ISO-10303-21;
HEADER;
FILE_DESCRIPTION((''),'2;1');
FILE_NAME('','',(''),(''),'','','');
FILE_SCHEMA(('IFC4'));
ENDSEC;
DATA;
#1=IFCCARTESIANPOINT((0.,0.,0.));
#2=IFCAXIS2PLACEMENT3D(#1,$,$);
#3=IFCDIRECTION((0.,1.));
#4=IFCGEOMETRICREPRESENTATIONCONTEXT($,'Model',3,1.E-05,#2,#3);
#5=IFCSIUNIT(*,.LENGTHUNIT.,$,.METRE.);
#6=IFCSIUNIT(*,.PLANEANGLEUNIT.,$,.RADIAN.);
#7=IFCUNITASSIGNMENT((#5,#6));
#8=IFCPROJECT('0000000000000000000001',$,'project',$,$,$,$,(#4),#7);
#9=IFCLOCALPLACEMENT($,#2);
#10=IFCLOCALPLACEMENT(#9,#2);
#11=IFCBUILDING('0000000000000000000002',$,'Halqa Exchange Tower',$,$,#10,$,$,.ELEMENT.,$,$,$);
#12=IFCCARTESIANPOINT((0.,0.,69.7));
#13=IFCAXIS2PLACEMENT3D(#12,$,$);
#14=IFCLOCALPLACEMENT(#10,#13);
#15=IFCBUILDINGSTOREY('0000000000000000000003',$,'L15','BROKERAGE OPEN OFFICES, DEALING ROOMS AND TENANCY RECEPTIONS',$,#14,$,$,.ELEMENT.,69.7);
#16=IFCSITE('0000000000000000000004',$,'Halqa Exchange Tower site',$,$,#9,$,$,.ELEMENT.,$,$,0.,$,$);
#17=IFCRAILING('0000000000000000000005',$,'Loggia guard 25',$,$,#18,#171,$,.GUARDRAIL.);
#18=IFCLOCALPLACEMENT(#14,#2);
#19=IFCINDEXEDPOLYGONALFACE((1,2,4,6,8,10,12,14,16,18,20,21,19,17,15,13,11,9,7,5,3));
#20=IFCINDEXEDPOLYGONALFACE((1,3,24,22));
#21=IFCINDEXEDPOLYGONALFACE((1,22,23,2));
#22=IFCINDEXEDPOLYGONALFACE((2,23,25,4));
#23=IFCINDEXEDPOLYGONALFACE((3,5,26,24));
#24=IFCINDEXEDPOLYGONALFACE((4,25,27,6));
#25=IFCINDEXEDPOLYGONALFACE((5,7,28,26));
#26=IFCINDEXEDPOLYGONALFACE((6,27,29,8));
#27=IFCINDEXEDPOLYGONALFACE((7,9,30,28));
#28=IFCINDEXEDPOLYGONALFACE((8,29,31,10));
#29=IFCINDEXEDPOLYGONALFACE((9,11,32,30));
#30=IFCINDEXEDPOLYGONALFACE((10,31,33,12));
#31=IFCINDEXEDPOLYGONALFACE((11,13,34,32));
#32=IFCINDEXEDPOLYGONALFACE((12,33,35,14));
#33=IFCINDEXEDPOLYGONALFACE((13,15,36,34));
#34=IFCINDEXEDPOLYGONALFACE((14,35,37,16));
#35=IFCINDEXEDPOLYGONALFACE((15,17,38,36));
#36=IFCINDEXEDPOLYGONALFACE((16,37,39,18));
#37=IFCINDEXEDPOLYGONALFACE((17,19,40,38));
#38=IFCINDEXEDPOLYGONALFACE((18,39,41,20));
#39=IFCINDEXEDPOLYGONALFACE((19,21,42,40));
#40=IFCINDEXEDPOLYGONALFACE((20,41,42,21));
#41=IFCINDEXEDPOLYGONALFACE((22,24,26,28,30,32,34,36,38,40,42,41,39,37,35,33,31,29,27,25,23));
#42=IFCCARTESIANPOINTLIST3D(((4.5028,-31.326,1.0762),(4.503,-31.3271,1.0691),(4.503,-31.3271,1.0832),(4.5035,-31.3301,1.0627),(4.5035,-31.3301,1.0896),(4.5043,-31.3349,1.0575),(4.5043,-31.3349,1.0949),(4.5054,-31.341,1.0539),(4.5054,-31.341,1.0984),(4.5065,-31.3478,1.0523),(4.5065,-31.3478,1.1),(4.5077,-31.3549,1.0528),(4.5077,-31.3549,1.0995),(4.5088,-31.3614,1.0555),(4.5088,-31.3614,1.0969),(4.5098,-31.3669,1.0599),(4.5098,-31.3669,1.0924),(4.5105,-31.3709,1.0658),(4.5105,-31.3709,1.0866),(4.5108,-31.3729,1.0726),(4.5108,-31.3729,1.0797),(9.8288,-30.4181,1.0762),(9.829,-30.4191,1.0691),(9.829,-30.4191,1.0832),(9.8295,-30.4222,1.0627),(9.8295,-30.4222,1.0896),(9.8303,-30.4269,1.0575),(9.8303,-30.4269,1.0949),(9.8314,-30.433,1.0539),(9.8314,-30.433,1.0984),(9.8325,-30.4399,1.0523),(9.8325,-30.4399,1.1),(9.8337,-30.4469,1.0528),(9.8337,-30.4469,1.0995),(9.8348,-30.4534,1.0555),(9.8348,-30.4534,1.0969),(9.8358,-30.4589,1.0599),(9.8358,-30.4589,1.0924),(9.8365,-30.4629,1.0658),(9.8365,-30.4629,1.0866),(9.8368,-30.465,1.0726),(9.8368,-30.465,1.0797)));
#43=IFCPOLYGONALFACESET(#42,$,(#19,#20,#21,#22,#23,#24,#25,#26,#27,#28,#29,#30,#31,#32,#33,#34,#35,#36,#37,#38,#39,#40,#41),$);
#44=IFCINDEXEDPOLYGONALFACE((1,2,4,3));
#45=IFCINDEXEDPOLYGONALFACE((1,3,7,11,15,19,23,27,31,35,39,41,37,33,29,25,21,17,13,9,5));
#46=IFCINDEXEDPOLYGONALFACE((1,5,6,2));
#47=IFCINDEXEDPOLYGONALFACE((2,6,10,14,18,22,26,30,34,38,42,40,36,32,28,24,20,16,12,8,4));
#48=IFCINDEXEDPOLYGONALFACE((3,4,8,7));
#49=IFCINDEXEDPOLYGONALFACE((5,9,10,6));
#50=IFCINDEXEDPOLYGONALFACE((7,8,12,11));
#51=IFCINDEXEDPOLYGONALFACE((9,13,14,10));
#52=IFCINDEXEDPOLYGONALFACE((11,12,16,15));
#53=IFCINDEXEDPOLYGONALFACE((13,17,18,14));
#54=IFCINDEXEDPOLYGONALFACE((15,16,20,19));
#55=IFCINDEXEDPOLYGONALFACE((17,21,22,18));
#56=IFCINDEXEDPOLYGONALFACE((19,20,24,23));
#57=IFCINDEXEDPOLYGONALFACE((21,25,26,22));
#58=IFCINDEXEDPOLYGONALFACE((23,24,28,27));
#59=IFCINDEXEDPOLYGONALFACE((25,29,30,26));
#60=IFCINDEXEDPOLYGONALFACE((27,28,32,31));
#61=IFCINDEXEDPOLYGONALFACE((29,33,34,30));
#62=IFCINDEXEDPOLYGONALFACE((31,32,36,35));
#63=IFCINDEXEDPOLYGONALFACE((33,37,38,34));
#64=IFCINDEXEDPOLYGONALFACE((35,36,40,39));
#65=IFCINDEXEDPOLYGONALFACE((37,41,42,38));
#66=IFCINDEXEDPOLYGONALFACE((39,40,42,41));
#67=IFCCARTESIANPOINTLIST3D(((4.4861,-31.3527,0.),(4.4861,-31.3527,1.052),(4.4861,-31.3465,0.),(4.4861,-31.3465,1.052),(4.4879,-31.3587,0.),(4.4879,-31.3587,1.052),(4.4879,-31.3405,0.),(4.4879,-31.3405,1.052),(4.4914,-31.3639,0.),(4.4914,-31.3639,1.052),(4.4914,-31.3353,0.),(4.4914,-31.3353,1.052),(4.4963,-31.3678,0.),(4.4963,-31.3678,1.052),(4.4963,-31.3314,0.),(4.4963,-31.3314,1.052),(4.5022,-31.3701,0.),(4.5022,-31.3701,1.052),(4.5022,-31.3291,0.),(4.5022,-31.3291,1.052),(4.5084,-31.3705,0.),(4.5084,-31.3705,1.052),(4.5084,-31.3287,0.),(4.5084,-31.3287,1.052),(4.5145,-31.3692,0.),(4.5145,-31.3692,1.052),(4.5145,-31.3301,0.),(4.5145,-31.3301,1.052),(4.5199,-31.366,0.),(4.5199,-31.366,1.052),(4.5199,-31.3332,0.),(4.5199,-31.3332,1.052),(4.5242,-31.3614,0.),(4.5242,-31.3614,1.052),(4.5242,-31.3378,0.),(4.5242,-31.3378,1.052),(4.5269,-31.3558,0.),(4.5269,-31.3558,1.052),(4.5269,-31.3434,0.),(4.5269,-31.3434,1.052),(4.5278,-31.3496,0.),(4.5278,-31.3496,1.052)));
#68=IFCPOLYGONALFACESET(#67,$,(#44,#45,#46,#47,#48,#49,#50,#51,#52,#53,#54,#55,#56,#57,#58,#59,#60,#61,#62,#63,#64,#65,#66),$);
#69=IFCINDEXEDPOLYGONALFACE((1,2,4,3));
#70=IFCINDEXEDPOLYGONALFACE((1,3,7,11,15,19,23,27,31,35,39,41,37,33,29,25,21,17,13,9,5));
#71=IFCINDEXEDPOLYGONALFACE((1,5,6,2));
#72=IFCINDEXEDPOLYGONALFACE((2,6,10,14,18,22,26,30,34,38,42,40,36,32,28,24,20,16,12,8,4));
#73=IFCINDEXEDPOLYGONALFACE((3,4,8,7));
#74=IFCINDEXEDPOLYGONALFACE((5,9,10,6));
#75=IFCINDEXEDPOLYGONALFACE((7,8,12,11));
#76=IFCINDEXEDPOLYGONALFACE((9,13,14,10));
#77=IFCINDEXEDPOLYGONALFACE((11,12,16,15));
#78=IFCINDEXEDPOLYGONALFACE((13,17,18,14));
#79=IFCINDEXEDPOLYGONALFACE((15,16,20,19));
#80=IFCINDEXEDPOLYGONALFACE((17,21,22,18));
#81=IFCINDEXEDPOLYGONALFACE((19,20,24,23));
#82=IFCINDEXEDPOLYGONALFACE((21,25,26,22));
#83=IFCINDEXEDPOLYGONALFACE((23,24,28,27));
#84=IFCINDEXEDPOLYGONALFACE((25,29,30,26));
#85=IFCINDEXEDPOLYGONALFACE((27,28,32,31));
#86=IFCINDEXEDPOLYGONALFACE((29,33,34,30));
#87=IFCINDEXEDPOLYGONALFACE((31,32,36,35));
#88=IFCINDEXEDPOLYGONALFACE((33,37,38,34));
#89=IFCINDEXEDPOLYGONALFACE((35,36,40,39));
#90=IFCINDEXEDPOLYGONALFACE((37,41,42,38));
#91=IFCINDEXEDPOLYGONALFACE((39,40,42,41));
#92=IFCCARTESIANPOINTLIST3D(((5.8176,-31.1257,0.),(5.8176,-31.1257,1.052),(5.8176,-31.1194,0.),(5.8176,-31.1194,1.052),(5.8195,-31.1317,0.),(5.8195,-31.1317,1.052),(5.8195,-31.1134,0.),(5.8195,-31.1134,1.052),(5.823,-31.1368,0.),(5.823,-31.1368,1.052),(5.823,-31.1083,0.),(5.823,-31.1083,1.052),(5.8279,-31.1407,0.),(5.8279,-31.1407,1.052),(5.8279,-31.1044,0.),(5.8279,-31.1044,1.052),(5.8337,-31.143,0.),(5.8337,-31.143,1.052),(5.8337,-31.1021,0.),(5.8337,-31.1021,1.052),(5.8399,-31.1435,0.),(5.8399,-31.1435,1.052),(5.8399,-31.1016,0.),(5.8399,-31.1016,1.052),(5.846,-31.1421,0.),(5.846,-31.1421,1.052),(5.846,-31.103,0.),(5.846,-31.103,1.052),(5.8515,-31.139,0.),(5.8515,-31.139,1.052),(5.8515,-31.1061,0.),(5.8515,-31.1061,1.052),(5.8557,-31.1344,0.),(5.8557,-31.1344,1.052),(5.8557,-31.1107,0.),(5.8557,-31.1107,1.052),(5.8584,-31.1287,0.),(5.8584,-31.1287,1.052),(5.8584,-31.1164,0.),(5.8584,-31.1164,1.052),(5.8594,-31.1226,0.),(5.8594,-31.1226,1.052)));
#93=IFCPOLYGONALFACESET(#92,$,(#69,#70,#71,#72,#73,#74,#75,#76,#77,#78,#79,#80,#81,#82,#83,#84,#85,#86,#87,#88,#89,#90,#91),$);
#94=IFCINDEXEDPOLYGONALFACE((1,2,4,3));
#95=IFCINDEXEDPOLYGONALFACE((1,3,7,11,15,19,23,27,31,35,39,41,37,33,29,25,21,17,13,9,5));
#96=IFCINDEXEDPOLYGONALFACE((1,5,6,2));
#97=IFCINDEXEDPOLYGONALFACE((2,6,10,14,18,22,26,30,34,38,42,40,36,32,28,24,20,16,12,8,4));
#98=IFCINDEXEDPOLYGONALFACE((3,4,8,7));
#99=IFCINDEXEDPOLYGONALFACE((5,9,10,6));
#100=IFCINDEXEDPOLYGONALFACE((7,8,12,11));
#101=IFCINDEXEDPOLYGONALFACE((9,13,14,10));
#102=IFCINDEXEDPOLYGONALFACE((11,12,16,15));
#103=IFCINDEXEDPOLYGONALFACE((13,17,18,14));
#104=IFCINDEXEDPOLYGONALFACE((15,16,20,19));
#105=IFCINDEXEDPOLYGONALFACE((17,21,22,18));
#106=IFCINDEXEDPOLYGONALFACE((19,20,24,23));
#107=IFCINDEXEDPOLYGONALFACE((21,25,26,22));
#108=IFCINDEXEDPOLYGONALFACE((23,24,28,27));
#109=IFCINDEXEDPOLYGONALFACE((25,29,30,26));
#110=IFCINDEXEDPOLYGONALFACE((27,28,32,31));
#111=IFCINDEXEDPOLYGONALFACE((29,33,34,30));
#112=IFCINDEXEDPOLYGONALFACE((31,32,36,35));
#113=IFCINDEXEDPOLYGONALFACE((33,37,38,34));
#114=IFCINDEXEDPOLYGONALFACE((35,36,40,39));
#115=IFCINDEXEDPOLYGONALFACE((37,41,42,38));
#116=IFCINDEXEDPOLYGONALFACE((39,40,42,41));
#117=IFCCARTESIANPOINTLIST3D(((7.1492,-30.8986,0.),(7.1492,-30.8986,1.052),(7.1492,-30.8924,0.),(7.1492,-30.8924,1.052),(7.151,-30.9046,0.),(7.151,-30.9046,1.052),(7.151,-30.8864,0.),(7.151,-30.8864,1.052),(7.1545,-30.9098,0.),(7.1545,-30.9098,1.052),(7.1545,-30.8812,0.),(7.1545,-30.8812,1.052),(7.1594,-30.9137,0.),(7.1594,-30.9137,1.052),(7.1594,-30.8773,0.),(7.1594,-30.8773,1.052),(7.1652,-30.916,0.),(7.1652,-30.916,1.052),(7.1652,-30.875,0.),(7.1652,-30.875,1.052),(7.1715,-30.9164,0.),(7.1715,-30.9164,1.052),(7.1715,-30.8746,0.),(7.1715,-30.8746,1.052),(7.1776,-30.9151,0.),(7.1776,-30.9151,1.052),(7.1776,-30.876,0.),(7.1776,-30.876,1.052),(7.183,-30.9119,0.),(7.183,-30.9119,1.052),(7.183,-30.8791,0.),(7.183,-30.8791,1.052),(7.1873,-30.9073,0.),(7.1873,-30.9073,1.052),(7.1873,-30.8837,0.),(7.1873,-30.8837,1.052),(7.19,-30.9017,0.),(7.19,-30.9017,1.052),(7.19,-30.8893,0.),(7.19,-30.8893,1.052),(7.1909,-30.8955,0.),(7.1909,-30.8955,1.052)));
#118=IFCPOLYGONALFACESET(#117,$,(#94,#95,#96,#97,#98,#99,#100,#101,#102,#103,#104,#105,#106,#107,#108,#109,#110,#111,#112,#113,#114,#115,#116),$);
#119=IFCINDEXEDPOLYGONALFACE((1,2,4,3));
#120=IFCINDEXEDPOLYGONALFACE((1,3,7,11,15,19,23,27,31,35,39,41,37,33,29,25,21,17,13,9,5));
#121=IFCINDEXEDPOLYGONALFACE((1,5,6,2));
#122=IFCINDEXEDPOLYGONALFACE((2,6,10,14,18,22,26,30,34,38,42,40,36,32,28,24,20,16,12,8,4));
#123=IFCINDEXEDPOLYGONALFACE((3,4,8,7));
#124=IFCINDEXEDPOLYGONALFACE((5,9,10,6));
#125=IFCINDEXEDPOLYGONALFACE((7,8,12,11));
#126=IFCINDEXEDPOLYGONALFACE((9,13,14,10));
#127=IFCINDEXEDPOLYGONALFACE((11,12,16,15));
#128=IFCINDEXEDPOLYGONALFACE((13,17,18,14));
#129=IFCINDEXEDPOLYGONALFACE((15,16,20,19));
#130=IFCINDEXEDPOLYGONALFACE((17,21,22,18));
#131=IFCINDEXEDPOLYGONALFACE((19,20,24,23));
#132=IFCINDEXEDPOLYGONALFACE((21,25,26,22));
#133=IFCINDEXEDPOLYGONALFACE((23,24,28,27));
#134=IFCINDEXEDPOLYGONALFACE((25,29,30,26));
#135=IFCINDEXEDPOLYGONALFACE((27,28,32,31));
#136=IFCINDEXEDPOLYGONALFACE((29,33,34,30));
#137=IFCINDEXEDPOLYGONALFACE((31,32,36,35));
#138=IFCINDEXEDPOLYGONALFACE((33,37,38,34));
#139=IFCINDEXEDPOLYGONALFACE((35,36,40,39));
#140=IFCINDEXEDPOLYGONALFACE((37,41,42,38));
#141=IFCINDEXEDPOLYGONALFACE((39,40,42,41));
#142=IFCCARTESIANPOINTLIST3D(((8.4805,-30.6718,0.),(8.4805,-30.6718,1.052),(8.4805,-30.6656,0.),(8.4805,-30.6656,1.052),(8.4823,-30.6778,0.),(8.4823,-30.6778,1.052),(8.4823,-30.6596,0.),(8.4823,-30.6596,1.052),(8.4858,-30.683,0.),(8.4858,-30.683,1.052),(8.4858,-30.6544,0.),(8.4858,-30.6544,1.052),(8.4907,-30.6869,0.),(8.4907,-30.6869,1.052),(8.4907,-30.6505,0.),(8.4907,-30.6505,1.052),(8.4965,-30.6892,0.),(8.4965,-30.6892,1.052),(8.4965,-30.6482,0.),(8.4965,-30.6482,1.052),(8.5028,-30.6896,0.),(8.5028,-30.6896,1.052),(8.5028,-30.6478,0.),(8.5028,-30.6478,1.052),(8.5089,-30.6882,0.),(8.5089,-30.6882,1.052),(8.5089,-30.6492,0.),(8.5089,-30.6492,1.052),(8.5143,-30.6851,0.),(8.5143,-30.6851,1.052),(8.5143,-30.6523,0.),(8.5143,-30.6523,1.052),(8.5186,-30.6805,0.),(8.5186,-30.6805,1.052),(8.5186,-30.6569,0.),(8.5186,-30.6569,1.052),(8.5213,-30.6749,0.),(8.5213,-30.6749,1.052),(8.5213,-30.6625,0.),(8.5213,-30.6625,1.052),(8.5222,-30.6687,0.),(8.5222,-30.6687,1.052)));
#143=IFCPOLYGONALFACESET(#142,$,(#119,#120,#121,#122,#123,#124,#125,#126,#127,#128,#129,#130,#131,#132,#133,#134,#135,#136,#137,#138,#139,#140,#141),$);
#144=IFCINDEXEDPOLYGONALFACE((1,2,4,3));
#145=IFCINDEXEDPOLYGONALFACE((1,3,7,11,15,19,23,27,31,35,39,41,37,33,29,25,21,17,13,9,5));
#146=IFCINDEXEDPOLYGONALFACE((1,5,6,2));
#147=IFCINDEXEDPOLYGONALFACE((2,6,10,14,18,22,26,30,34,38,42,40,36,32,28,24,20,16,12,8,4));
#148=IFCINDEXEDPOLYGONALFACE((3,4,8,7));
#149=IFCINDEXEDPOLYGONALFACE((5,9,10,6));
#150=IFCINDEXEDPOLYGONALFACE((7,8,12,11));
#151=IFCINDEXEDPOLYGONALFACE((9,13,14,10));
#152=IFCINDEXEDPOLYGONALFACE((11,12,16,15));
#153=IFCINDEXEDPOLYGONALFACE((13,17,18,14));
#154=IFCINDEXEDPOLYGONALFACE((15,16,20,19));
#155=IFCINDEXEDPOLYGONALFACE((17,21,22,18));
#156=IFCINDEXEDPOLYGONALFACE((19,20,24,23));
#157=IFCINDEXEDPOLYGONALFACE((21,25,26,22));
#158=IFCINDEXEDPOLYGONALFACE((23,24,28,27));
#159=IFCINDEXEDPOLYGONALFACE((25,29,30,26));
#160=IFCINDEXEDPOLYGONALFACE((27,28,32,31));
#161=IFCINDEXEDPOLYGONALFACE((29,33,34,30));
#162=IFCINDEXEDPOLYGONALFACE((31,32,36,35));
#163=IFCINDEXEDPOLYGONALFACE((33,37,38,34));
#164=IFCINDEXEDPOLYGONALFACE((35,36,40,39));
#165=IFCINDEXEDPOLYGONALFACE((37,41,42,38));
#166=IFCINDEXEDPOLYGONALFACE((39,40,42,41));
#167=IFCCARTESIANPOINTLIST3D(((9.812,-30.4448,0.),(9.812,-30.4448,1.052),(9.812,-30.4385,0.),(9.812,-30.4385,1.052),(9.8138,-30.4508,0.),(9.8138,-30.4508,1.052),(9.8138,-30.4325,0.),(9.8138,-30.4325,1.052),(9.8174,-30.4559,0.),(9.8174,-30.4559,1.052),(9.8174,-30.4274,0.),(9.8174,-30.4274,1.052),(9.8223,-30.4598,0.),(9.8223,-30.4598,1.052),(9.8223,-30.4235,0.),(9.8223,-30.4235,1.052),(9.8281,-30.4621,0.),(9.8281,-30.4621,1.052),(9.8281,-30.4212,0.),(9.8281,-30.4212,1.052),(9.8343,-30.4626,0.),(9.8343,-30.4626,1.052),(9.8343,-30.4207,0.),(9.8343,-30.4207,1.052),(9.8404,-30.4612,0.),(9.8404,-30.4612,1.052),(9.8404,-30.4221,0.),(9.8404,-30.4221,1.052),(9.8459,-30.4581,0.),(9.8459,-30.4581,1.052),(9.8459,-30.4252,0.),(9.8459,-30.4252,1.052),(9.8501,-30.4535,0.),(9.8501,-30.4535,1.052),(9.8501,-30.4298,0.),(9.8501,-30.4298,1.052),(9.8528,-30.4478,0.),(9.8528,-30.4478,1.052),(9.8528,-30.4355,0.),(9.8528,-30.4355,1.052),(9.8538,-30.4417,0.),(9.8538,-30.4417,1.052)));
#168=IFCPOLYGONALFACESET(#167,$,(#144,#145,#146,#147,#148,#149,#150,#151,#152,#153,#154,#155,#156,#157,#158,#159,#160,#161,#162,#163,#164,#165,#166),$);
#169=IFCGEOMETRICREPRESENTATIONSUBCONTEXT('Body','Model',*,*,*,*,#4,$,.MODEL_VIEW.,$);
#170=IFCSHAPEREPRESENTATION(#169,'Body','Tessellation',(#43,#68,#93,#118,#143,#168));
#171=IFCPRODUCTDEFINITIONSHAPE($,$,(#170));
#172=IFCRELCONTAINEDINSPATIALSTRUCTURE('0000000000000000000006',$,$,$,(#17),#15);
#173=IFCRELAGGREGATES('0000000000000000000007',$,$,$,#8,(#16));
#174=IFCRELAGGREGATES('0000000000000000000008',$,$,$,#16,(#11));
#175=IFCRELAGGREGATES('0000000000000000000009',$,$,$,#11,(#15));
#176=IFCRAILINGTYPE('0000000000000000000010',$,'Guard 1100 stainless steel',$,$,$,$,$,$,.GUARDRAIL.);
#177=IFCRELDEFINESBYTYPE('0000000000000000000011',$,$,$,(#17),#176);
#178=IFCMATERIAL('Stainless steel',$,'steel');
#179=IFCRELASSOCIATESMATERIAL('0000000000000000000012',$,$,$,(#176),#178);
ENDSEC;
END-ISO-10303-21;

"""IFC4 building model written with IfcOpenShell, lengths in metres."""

from ifc_helpers import new_model, si_unit, direction, frame, origin, origin_2d, place, context, subcontext, project, spatial, circle, extrude, material, type_object, element, save


model = new_model("IFC4")

# Units and contexts
model_context = context("Model", 3, precision=1e-05, world=origin(), true_north=direction((0.0, 1.0)))
body_context = subcontext(model_context, "Body", "Model", "MODEL_VIEW")
ifc_project = project(units=[si_unit("LENGTHUNIT", "METRE"), si_unit("PLANEANGLEUNIT", "RADIAN")], contexts=[model_context])

# Site, building, storey
site_placement = place(None, origin())
site = spatial("IfcSite", under=ifc_project, at=site_placement, Name="Halqa Exchange Tower site", CompositionType="ELEMENT", RefElevation=0.0)
building_placement = place(site_placement, origin())
building = spatial("IfcBuilding", under=site, at=building_placement, Name="Halqa Exchange Tower", CompositionType="ELEMENT")
storey_placement = place(building_placement, frame((0.0, 0.0, 69.7)))
storey = spatial("IfcBuildingStorey", under=building, at=storey_placement, Name="L15", Description="BROKERAGE OPEN OFFICES, DEALING ROOMS AND TENANCY RECEPTIONS", CompositionType="ELEMENT", Elevation=69.7)

# Railing
ifc_material_1 = material(Name="Stainless steel", Category="steel")
railing_type_1 = type_object("IfcRailingType", Name="Guard 1100 stainless steel", PredefinedType="GUARDRAIL", material=ifc_material_1)
railing_1_placement = place(storey_placement, frame((4.5068, -31.3496, 0.0)))
element("IfcRailing", 1, at=railing_1_placement, inside=storey, type_object=railing_type_1, Name="Loggia guard 25", PredefinedType="GUARDRAIL", context=body_context, shape_type="SweptSolid", body=[
    extrude(circle(Radius=0.0239, at=origin_2d()), frame((0.0, 0.0, 1.0762), z_axis=(0.985778, 0.168054, 0.0), x_axis=(-0.168054, 0.985778, 0.0)), (0.0, 0.0, 1.0), 5.4028),
    extrude(circle(Radius=0.021, at=origin_2d()), origin(), (0.0, 0.0, 1.0), 1.052),
    extrude(circle(Radius=0.021, at=origin_2d()), frame((1.3315, 0.2271, 0.0)), (0.0, 0.0, 1.0), 1.052),
    extrude(circle(Radius=0.021, at=origin_2d()), frame((2.6631, 0.4541, 0.0)), (0.0, 0.0, 1.0), 1.052),
    extrude(circle(Radius=0.021, at=origin_2d()), frame((3.9944, 0.6809, 0.0)), (0.0, 0.0, 1.0), 1.052),
    extrude(circle(Radius=0.021, at=origin_2d()), frame((5.3259, 0.908, 0.0)), (0.0, 0.0, 1.0), 1.052),
])

save(model, "model.ifc")
